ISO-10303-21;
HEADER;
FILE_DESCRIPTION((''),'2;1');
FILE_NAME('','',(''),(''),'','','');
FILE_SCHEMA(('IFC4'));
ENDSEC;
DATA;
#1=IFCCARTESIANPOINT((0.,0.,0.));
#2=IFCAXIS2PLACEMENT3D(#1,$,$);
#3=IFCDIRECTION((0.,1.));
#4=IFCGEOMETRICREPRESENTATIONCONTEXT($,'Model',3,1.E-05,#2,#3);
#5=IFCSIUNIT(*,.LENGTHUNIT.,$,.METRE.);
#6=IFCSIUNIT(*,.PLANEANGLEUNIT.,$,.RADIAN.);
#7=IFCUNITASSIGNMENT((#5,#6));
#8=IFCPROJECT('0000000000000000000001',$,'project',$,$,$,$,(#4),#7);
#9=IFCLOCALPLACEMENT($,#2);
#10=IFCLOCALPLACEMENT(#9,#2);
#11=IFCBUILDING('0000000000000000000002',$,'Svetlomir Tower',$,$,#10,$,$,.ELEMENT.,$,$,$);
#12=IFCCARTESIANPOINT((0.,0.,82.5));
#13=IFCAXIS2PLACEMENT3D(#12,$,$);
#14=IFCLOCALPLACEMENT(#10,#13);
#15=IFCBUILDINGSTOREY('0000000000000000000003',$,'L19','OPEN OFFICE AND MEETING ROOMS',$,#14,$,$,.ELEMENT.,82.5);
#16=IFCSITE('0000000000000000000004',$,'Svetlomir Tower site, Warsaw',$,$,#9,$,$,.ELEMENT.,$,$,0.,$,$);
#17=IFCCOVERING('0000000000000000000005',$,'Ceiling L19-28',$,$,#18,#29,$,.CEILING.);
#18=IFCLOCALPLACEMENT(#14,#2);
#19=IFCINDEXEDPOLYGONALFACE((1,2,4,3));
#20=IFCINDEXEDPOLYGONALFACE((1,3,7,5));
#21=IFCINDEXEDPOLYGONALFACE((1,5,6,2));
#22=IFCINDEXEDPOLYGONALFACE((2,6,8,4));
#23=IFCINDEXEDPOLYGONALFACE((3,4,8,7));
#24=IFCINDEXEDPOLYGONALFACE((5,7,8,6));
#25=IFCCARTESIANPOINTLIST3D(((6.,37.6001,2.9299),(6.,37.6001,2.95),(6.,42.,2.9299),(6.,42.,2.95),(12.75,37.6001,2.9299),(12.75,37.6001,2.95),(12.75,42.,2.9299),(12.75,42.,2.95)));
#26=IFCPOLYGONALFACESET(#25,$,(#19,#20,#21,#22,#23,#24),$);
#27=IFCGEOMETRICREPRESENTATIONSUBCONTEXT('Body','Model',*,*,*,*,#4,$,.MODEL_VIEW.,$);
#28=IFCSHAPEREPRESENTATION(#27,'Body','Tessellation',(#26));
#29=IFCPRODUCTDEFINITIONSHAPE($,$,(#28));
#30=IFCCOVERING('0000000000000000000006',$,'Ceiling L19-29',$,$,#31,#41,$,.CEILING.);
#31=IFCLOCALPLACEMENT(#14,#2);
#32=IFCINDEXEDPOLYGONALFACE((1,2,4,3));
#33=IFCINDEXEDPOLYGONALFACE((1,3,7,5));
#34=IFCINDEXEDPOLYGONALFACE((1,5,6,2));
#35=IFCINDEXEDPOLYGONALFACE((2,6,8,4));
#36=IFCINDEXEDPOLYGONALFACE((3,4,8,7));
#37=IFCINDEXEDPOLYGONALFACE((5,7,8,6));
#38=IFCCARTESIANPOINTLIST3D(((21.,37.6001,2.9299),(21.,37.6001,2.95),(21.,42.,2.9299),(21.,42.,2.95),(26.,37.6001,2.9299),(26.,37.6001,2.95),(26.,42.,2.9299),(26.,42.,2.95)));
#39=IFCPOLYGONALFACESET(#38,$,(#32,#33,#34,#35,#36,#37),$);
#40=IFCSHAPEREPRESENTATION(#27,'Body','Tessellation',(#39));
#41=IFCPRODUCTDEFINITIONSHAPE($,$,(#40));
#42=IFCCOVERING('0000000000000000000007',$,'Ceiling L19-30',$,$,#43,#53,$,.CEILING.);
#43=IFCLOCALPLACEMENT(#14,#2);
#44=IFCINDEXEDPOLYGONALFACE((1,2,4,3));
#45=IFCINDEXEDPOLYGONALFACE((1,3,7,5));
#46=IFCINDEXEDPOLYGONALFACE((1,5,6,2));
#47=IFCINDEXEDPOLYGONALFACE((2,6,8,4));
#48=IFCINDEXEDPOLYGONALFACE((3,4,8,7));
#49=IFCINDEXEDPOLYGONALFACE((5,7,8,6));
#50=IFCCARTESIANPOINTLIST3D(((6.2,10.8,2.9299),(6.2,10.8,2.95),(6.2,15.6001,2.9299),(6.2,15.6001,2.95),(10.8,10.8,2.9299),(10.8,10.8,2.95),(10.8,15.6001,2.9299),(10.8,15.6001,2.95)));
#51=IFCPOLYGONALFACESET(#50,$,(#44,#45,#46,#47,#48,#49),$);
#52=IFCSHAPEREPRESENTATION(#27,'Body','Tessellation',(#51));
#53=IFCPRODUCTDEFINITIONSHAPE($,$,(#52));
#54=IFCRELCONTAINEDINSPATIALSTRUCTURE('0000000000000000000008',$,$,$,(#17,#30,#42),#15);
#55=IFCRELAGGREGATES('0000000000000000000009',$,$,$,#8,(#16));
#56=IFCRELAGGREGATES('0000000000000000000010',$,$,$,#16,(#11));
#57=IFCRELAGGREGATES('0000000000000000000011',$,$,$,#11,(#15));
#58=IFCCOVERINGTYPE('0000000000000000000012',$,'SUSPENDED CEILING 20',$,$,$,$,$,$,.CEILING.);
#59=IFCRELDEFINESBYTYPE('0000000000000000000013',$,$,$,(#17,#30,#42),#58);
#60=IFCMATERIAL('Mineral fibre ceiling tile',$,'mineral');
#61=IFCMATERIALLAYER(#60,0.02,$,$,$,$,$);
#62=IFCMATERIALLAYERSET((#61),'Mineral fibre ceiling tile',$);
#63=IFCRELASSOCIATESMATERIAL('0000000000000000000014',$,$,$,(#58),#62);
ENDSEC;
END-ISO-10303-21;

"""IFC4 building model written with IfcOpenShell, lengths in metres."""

from ifc_helpers import new_model, si_unit, direction, frame, origin, place, context, subcontext, project, spatial, polyline, outline, extrude, material, layer, layer_set, type_object, element, save


model = new_model("IFC4")

# Units and contexts
model_context = context("Model", 3, precision=1e-05, world=origin(), true_north=direction((0.0, 1.0)))
body_context = subcontext(model_context, "Body", "Model", "MODEL_VIEW")
ifc_project = project(units=[si_unit("LENGTHUNIT", "METRE"), si_unit("PLANEANGLEUNIT", "RADIAN")], contexts=[model_context])

# Site, building, storey
site_placement = place(None, origin())
site = spatial("IfcSite", under=ifc_project, at=site_placement, Name="Svetlomir Tower site, Warsaw", CompositionType="ELEMENT", RefElevation=0.0)
building_placement = place(site_placement, origin())
building = spatial("IfcBuilding", under=site, at=building_placement, Name="Svetlomir Tower", CompositionType="ELEMENT")
storey_placement = place(building_placement, frame((0.0, 0.0, 82.5)))
storey = spatial("IfcBuildingStorey", under=building, at=storey_placement, Name="L19", Description="OPEN OFFICE AND MEETING ROOMS", CompositionType="ELEMENT", Elevation=82.5)

# Coverings
ifc_material_1 = material(Name="Mineral fibre ceiling tile", Category="mineral")
ifc_layer_1 = layer(ifc_material_1, 0.02)
ifc_layer_set_1 = layer_set([ifc_layer_1], Name="Mineral fibre ceiling tile")
covering_type_1 = type_object("IfcCoveringType", Name="SUSPENDED CEILING 20", PredefinedType="CEILING", material=ifc_layer_set_1)
covering_1_placement = place(storey_placement, frame((0.0, 0.0, 2.9299)))
element("IfcCovering", 1, at=covering_1_placement, inside=storey, type_object=covering_type_1, Name="Ceiling L19-28", PredefinedType="CEILING", context=body_context, shape_type="SweptSolid", body=[
    extrude(outline(polyline([(6.0, 37.6001), (12.75, 37.6001), (12.75, 42.0), (6.0, 42.0), (6.0, 37.6001)])), origin(), (0.0, 0.0, 1.0), 0.02),
])
covering_2_placement = place(storey_placement, frame((0.0, 0.0, 2.9299)))
element("IfcCovering", 2, at=covering_2_placement, inside=storey, type_object=covering_type_1, Name="Ceiling L19-29", PredefinedType="CEILING", context=body_context, shape_type="SweptSolid", body=[
    extrude(outline(polyline([(21.0, 37.6001), (26.0, 37.6001), (26.0, 42.0), (21.0, 42.0), (21.0, 37.6001)])), origin(), (0.0, 0.0, 1.0), 0.02),
])
covering_3_placement = place(storey_placement, frame((0.0, 0.0, 2.9299)))
element("IfcCovering", 3, at=covering_3_placement, inside=storey, type_object=covering_type_1, Name="Ceiling L19-30", PredefinedType="CEILING", context=body_context, shape_type="SweptSolid", body=[
    extrude(outline(polyline([(6.2, 10.8), (10.8, 10.8), (10.8, 15.6001), (6.2, 15.6001), (6.2, 10.8)])), origin(), (0.0, 0.0, 1.0), 0.02),
])

save(model, "model.ifc")
